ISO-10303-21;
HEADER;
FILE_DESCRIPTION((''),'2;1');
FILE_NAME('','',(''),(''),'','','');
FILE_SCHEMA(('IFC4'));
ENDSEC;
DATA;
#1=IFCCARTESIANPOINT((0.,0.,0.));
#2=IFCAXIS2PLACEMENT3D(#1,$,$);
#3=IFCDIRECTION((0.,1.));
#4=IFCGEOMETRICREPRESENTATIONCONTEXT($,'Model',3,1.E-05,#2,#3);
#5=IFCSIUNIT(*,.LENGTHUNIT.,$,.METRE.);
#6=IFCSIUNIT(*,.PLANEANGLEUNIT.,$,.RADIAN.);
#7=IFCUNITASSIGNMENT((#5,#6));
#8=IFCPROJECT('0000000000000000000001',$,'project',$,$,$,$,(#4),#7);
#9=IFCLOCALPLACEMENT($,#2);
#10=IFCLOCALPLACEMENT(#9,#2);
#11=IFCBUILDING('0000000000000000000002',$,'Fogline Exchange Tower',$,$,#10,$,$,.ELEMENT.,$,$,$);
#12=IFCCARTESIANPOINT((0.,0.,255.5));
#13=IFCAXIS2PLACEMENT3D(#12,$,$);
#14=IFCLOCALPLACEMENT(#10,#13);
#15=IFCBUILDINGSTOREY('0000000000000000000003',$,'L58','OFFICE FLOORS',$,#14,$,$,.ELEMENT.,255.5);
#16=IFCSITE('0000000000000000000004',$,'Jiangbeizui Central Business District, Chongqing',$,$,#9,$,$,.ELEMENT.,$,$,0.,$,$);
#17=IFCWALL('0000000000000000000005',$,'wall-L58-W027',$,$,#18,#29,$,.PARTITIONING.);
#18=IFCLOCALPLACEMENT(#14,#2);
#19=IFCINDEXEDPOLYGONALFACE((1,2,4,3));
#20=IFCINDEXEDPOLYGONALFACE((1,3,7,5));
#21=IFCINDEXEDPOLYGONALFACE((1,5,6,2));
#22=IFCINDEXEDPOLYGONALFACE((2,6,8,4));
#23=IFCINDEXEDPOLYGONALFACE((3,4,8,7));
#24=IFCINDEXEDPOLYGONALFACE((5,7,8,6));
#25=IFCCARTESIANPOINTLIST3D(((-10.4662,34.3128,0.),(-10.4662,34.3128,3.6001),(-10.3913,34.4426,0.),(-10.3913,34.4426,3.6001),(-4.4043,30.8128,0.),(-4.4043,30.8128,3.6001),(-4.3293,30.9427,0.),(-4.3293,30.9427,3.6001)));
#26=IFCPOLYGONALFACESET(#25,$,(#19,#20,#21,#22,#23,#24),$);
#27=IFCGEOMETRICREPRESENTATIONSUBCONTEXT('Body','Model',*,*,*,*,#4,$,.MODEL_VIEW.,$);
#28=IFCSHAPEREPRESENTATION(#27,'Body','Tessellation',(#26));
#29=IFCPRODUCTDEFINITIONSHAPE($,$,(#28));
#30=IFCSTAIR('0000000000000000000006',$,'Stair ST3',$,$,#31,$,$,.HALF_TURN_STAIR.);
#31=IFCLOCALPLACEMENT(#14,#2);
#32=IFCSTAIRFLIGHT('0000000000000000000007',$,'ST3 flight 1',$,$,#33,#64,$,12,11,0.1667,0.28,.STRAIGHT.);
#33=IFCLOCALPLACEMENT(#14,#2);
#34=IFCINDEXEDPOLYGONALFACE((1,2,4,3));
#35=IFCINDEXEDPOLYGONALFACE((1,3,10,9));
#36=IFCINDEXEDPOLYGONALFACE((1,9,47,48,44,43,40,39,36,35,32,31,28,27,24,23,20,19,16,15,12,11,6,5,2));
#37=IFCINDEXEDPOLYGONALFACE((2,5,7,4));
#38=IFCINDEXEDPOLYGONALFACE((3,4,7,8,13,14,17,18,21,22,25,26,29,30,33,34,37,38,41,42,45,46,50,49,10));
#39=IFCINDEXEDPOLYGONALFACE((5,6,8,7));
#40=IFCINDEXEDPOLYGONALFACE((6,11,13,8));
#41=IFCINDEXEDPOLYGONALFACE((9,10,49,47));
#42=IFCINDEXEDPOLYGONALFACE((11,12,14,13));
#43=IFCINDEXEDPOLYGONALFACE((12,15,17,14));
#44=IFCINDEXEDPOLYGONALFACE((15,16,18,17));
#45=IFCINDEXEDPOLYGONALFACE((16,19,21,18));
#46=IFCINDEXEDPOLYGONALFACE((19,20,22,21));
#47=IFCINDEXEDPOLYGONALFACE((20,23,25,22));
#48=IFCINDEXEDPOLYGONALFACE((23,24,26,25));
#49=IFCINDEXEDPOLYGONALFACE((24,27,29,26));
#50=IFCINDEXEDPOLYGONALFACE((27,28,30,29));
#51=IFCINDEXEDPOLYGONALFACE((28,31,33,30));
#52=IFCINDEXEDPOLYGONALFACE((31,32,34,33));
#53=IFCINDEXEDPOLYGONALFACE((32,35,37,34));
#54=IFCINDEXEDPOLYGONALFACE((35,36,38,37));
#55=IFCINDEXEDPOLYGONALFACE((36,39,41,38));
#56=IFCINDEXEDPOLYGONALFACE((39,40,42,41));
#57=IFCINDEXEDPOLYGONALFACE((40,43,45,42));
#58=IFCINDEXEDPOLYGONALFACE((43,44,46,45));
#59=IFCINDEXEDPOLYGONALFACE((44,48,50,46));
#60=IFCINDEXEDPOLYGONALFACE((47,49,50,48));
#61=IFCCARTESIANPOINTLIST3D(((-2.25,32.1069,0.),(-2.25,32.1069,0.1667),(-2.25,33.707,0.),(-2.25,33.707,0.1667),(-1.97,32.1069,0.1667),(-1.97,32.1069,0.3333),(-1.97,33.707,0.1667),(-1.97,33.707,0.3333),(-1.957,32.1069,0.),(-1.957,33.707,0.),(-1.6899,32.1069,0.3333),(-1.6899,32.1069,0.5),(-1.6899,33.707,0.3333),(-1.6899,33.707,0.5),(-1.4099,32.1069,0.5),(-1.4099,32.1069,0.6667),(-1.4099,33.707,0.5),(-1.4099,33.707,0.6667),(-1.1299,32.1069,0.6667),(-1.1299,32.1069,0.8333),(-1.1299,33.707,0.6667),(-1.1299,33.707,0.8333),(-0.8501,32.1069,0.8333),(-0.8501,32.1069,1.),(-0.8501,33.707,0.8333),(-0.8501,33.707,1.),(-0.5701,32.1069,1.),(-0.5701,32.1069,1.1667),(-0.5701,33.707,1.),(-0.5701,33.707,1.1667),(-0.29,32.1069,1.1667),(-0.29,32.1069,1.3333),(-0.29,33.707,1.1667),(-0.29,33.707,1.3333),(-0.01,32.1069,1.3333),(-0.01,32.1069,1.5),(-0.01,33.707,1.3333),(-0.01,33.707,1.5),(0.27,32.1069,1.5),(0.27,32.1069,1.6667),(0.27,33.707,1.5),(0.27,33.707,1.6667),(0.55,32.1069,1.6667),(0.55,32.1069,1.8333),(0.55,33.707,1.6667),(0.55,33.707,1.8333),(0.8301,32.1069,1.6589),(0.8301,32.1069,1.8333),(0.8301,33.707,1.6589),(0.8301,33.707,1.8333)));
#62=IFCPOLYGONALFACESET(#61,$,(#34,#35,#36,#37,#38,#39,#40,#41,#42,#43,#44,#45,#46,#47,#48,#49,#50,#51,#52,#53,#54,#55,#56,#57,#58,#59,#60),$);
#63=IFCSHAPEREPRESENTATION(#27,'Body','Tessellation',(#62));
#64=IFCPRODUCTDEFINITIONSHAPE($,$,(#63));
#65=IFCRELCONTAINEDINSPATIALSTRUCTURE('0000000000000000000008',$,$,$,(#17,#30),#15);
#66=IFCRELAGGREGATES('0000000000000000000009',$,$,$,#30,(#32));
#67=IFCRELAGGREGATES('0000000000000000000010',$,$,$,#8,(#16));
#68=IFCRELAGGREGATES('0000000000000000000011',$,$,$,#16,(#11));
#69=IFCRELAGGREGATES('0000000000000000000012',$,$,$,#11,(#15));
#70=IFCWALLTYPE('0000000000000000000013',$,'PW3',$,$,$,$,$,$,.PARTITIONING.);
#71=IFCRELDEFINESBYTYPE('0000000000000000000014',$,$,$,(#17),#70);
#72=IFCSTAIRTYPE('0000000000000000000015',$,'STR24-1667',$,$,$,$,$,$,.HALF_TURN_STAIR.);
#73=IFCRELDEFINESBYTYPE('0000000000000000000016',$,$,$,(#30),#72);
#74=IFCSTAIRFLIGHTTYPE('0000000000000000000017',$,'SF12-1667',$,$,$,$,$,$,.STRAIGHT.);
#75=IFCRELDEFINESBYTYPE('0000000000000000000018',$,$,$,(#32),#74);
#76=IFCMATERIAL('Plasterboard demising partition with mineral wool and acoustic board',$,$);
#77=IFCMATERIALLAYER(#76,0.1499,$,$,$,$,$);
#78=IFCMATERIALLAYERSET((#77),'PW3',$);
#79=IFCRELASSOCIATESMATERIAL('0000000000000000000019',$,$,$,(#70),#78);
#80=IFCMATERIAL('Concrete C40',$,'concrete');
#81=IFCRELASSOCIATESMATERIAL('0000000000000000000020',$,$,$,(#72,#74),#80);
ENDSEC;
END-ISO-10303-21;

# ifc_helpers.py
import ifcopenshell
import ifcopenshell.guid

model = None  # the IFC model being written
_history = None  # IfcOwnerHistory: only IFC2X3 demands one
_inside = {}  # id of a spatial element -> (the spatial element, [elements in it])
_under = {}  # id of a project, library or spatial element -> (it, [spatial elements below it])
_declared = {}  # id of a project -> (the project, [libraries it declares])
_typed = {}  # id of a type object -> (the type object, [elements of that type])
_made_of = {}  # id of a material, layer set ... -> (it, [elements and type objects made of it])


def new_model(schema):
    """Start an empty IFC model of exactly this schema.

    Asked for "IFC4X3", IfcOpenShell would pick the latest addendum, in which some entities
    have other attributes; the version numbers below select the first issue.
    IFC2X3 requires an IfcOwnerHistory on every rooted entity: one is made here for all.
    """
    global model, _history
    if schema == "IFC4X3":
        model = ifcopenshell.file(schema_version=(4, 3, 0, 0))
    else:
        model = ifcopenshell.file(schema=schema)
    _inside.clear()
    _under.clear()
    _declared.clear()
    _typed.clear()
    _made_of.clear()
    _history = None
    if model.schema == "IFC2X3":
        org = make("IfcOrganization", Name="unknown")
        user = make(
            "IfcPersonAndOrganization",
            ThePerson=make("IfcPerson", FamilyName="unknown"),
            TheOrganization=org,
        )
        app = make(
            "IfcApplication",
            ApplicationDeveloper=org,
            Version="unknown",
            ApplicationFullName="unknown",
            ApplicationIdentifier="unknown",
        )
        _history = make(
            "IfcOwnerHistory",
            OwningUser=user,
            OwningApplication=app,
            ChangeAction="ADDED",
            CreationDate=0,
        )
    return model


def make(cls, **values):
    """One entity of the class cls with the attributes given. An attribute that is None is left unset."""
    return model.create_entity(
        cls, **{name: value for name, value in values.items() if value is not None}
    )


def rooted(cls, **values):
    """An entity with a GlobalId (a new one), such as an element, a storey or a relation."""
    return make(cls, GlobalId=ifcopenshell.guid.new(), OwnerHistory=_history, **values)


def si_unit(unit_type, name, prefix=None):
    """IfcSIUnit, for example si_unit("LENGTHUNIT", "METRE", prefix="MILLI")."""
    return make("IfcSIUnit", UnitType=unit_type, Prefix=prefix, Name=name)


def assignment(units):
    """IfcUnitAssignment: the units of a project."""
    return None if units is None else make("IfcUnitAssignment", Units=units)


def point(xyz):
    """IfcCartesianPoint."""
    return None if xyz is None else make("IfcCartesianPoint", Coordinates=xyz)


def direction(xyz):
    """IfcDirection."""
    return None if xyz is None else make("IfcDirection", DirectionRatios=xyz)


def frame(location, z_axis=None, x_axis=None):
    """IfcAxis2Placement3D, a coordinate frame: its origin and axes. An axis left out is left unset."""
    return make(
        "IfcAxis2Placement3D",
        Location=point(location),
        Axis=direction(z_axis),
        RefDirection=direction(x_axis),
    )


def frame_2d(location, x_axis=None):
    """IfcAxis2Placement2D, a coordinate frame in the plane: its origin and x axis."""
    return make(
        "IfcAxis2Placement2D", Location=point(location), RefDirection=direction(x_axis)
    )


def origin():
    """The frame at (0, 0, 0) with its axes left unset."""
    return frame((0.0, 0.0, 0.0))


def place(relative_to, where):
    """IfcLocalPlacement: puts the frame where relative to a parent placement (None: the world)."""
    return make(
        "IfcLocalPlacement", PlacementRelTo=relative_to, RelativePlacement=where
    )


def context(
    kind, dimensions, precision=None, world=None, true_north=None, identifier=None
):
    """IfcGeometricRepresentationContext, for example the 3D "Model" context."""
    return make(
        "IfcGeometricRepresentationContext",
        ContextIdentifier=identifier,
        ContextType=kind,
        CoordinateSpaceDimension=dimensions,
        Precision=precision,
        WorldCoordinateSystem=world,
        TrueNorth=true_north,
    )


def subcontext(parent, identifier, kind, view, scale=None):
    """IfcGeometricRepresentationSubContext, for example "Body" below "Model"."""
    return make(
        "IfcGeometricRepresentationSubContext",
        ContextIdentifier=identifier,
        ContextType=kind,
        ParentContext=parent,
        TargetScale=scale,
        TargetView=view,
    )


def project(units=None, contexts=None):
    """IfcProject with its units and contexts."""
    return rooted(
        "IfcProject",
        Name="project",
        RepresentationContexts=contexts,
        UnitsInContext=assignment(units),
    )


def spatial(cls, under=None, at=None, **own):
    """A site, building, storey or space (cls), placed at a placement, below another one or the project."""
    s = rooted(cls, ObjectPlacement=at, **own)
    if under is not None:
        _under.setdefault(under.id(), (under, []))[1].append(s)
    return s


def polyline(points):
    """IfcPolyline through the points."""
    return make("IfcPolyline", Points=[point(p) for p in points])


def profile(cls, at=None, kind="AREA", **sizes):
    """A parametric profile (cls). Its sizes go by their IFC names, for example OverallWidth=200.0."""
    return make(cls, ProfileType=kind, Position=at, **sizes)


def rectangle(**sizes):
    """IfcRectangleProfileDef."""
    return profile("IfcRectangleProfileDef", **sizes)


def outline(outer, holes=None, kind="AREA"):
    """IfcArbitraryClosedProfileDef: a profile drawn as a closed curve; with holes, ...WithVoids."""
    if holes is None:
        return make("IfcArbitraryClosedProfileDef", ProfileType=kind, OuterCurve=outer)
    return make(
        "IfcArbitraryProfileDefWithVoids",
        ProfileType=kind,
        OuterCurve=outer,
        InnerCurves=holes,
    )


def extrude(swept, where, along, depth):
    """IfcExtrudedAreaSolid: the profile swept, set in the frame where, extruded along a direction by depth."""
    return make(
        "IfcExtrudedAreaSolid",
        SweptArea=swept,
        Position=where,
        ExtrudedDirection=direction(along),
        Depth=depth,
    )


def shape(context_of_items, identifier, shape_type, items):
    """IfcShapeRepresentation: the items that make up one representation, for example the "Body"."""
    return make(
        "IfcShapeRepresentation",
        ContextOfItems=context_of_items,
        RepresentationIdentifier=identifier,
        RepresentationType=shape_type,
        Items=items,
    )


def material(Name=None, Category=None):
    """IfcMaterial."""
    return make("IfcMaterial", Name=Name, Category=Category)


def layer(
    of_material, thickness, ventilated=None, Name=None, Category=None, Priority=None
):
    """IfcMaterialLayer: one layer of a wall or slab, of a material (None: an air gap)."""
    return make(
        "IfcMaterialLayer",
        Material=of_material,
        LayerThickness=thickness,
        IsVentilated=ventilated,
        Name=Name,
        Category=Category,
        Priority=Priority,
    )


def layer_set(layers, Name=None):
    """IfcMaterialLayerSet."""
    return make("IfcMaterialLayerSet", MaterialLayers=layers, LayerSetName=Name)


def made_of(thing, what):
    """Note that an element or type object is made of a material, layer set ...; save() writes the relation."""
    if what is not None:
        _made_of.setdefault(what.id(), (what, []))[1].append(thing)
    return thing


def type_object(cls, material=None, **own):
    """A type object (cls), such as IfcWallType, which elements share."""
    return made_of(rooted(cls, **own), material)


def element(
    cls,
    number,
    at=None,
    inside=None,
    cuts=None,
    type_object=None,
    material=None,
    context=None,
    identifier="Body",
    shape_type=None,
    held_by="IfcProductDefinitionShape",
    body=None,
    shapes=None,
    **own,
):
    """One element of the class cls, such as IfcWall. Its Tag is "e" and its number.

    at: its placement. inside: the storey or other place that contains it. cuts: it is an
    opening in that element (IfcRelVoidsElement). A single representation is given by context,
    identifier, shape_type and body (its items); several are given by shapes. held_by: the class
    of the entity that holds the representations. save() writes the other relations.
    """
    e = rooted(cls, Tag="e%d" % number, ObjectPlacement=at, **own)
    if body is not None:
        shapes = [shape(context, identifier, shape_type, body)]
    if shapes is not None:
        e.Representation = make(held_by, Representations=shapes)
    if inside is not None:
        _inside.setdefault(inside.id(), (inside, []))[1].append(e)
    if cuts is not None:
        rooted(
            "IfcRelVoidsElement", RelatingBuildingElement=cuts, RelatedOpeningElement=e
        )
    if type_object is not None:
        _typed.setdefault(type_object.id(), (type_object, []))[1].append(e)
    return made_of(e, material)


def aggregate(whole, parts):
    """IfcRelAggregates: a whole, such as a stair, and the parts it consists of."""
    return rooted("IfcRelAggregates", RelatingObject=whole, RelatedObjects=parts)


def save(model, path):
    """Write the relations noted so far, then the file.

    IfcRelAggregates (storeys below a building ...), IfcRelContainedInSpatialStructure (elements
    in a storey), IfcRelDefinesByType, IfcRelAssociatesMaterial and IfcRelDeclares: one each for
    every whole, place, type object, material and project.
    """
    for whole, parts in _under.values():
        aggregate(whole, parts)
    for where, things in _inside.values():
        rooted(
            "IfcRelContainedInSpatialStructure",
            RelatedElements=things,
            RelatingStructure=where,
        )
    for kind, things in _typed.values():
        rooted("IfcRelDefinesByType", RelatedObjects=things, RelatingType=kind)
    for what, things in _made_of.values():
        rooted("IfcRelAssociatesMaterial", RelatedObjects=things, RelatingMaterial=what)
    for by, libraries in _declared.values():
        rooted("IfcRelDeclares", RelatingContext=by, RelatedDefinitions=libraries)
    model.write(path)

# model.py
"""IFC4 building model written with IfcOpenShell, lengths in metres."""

from ifc_helpers import new_model, si_unit, direction, frame, frame_2d, origin, place, context, subcontext, project, spatial, polyline, rectangle, outline, extrude, material, layer, layer_set, type_object, element, aggregate, save


model = new_model("IFC4")

# Units and contexts
model_context = context("Model", 3, precision=1e-05, world=origin(), true_north=direction((0.0, 1.0)))
body_context = subcontext(model_context, "Body", "Model", "MODEL_VIEW")
ifc_project = project(units=[si_unit("LENGTHUNIT", "METRE"), si_unit("PLANEANGLEUNIT", "RADIAN")], contexts=[model_context])

# Site, building, storey
site_placement = place(None, origin())
site = spatial("IfcSite", under=ifc_project, at=site_placement, Name="Jiangbeizui Central Business District, Chongqing", CompositionType="ELEMENT", RefElevation=0.0)
building_placement = place(site_placement, origin())
building = spatial("IfcBuilding", under=site, at=building_placement, Name="Fogline Exchange Tower", CompositionType="ELEMENT")
storey_placement = place(building_placement, frame((0.0, 0.0, 255.5)))
storey = spatial("IfcBuildingStorey", under=building, at=storey_placement, Name="L58", Description="OFFICE FLOORS", CompositionType="ELEMENT", Elevation=255.5)

# Shared definitions
ifc_material_1 = material(Name="Concrete C40", Category="concrete")

# Wall
ifc_material_2 = material(Name="Plasterboard demising partition with mineral wool and acoustic board")
ifc_layer_1 = layer(ifc_material_2, 0.1499)
ifc_layer_set_1 = layer_set([ifc_layer_1], Name="PW3")
wall_type_1 = type_object("IfcWallType", Name="PW3", PredefinedType="PARTITIONING", material=ifc_layer_set_1)
wall_1_placement = place(storey_placement, frame((-4.3667, 30.8777, 0.0), z_axis=(0.0, 0.0, 1.0), x_axis=(-0.866019, 0.50001, 0.0)))
element("IfcWall", 1, at=wall_1_placement, inside=storey, type_object=wall_type_1, Name="wall-L58-W027", PredefinedType="PARTITIONING", context=body_context, shape_type="SweptSolid", body=[
    extrude(rectangle(XDim=6.9998, YDim=0.1499, at=frame_2d((3.5, 0.0))), origin(), (0.0, 0.0, 1.0), 3.6001),
])

# Stair, stair flight
stair_type = type_object("IfcStairType", Name="STR24-1667", PredefinedType="HALF_TURN_STAIR", material=ifc_material_1)
stair_placement = place(storey_placement, origin())
stair = element("IfcStair", 2, at=stair_placement, inside=storey, type_object=stair_type, Name="Stair ST3", PredefinedType="HALF_TURN_STAIR")
stair_flight_type = type_object("IfcStairFlightType", Name="SF12-1667", PredefinedType="STRAIGHT", material=ifc_material_1)
stair_flight_placement = place(storey_placement, frame((-2.25, 32.907, 0.0), z_axis=(0.0, 0.0, 1.0), x_axis=(1.0, 0.0, 0.0)))
stair_flight = element("IfcStairFlight", 3, at=stair_flight_placement, type_object=stair_flight_type, Name="ST3 flight 1", NumberOfRisers=12, NumberOfTreads=11, PredefinedType="STRAIGHT", RiserHeight=0.1667, TreadLength=0.28, context=body_context, shape_type="SweptSolid", body=[
    extrude(outline(polyline([(0.0, 0.0), (0.0, 0.1667), (0.28, 0.1667), (0.28, 0.3333), (0.5601, 0.3333), (0.5601, 0.5), (0.8401, 0.5), (0.8401, 0.6667), (1.1201, 0.6667), (1.1201, 0.8333), (1.3999, 0.8333), (1.3999, 1.0), (1.6799, 1.0), (1.6799, 1.1667), (1.96, 1.1667), (1.96, 1.3333), (2.24, 1.3333), (2.24, 1.5), (2.52, 1.5), (2.52, 1.6667), (2.8, 1.6667), (2.8, 1.8333), (3.0801, 1.8333), (3.0801, 2.0), (3.0801, 1.6589), (0.293, 0.0), (0.0, 0.0)])), frame((0.0, 0.8, 0.0), z_axis=(0.0, -1.0, 0.0), x_axis=(1.0, 0.0, 0.0)), (0.0, 0.0, 1.0), 1.6001),
])
aggregate(stair, [stair_flight])

save(model, "model.ifc")
